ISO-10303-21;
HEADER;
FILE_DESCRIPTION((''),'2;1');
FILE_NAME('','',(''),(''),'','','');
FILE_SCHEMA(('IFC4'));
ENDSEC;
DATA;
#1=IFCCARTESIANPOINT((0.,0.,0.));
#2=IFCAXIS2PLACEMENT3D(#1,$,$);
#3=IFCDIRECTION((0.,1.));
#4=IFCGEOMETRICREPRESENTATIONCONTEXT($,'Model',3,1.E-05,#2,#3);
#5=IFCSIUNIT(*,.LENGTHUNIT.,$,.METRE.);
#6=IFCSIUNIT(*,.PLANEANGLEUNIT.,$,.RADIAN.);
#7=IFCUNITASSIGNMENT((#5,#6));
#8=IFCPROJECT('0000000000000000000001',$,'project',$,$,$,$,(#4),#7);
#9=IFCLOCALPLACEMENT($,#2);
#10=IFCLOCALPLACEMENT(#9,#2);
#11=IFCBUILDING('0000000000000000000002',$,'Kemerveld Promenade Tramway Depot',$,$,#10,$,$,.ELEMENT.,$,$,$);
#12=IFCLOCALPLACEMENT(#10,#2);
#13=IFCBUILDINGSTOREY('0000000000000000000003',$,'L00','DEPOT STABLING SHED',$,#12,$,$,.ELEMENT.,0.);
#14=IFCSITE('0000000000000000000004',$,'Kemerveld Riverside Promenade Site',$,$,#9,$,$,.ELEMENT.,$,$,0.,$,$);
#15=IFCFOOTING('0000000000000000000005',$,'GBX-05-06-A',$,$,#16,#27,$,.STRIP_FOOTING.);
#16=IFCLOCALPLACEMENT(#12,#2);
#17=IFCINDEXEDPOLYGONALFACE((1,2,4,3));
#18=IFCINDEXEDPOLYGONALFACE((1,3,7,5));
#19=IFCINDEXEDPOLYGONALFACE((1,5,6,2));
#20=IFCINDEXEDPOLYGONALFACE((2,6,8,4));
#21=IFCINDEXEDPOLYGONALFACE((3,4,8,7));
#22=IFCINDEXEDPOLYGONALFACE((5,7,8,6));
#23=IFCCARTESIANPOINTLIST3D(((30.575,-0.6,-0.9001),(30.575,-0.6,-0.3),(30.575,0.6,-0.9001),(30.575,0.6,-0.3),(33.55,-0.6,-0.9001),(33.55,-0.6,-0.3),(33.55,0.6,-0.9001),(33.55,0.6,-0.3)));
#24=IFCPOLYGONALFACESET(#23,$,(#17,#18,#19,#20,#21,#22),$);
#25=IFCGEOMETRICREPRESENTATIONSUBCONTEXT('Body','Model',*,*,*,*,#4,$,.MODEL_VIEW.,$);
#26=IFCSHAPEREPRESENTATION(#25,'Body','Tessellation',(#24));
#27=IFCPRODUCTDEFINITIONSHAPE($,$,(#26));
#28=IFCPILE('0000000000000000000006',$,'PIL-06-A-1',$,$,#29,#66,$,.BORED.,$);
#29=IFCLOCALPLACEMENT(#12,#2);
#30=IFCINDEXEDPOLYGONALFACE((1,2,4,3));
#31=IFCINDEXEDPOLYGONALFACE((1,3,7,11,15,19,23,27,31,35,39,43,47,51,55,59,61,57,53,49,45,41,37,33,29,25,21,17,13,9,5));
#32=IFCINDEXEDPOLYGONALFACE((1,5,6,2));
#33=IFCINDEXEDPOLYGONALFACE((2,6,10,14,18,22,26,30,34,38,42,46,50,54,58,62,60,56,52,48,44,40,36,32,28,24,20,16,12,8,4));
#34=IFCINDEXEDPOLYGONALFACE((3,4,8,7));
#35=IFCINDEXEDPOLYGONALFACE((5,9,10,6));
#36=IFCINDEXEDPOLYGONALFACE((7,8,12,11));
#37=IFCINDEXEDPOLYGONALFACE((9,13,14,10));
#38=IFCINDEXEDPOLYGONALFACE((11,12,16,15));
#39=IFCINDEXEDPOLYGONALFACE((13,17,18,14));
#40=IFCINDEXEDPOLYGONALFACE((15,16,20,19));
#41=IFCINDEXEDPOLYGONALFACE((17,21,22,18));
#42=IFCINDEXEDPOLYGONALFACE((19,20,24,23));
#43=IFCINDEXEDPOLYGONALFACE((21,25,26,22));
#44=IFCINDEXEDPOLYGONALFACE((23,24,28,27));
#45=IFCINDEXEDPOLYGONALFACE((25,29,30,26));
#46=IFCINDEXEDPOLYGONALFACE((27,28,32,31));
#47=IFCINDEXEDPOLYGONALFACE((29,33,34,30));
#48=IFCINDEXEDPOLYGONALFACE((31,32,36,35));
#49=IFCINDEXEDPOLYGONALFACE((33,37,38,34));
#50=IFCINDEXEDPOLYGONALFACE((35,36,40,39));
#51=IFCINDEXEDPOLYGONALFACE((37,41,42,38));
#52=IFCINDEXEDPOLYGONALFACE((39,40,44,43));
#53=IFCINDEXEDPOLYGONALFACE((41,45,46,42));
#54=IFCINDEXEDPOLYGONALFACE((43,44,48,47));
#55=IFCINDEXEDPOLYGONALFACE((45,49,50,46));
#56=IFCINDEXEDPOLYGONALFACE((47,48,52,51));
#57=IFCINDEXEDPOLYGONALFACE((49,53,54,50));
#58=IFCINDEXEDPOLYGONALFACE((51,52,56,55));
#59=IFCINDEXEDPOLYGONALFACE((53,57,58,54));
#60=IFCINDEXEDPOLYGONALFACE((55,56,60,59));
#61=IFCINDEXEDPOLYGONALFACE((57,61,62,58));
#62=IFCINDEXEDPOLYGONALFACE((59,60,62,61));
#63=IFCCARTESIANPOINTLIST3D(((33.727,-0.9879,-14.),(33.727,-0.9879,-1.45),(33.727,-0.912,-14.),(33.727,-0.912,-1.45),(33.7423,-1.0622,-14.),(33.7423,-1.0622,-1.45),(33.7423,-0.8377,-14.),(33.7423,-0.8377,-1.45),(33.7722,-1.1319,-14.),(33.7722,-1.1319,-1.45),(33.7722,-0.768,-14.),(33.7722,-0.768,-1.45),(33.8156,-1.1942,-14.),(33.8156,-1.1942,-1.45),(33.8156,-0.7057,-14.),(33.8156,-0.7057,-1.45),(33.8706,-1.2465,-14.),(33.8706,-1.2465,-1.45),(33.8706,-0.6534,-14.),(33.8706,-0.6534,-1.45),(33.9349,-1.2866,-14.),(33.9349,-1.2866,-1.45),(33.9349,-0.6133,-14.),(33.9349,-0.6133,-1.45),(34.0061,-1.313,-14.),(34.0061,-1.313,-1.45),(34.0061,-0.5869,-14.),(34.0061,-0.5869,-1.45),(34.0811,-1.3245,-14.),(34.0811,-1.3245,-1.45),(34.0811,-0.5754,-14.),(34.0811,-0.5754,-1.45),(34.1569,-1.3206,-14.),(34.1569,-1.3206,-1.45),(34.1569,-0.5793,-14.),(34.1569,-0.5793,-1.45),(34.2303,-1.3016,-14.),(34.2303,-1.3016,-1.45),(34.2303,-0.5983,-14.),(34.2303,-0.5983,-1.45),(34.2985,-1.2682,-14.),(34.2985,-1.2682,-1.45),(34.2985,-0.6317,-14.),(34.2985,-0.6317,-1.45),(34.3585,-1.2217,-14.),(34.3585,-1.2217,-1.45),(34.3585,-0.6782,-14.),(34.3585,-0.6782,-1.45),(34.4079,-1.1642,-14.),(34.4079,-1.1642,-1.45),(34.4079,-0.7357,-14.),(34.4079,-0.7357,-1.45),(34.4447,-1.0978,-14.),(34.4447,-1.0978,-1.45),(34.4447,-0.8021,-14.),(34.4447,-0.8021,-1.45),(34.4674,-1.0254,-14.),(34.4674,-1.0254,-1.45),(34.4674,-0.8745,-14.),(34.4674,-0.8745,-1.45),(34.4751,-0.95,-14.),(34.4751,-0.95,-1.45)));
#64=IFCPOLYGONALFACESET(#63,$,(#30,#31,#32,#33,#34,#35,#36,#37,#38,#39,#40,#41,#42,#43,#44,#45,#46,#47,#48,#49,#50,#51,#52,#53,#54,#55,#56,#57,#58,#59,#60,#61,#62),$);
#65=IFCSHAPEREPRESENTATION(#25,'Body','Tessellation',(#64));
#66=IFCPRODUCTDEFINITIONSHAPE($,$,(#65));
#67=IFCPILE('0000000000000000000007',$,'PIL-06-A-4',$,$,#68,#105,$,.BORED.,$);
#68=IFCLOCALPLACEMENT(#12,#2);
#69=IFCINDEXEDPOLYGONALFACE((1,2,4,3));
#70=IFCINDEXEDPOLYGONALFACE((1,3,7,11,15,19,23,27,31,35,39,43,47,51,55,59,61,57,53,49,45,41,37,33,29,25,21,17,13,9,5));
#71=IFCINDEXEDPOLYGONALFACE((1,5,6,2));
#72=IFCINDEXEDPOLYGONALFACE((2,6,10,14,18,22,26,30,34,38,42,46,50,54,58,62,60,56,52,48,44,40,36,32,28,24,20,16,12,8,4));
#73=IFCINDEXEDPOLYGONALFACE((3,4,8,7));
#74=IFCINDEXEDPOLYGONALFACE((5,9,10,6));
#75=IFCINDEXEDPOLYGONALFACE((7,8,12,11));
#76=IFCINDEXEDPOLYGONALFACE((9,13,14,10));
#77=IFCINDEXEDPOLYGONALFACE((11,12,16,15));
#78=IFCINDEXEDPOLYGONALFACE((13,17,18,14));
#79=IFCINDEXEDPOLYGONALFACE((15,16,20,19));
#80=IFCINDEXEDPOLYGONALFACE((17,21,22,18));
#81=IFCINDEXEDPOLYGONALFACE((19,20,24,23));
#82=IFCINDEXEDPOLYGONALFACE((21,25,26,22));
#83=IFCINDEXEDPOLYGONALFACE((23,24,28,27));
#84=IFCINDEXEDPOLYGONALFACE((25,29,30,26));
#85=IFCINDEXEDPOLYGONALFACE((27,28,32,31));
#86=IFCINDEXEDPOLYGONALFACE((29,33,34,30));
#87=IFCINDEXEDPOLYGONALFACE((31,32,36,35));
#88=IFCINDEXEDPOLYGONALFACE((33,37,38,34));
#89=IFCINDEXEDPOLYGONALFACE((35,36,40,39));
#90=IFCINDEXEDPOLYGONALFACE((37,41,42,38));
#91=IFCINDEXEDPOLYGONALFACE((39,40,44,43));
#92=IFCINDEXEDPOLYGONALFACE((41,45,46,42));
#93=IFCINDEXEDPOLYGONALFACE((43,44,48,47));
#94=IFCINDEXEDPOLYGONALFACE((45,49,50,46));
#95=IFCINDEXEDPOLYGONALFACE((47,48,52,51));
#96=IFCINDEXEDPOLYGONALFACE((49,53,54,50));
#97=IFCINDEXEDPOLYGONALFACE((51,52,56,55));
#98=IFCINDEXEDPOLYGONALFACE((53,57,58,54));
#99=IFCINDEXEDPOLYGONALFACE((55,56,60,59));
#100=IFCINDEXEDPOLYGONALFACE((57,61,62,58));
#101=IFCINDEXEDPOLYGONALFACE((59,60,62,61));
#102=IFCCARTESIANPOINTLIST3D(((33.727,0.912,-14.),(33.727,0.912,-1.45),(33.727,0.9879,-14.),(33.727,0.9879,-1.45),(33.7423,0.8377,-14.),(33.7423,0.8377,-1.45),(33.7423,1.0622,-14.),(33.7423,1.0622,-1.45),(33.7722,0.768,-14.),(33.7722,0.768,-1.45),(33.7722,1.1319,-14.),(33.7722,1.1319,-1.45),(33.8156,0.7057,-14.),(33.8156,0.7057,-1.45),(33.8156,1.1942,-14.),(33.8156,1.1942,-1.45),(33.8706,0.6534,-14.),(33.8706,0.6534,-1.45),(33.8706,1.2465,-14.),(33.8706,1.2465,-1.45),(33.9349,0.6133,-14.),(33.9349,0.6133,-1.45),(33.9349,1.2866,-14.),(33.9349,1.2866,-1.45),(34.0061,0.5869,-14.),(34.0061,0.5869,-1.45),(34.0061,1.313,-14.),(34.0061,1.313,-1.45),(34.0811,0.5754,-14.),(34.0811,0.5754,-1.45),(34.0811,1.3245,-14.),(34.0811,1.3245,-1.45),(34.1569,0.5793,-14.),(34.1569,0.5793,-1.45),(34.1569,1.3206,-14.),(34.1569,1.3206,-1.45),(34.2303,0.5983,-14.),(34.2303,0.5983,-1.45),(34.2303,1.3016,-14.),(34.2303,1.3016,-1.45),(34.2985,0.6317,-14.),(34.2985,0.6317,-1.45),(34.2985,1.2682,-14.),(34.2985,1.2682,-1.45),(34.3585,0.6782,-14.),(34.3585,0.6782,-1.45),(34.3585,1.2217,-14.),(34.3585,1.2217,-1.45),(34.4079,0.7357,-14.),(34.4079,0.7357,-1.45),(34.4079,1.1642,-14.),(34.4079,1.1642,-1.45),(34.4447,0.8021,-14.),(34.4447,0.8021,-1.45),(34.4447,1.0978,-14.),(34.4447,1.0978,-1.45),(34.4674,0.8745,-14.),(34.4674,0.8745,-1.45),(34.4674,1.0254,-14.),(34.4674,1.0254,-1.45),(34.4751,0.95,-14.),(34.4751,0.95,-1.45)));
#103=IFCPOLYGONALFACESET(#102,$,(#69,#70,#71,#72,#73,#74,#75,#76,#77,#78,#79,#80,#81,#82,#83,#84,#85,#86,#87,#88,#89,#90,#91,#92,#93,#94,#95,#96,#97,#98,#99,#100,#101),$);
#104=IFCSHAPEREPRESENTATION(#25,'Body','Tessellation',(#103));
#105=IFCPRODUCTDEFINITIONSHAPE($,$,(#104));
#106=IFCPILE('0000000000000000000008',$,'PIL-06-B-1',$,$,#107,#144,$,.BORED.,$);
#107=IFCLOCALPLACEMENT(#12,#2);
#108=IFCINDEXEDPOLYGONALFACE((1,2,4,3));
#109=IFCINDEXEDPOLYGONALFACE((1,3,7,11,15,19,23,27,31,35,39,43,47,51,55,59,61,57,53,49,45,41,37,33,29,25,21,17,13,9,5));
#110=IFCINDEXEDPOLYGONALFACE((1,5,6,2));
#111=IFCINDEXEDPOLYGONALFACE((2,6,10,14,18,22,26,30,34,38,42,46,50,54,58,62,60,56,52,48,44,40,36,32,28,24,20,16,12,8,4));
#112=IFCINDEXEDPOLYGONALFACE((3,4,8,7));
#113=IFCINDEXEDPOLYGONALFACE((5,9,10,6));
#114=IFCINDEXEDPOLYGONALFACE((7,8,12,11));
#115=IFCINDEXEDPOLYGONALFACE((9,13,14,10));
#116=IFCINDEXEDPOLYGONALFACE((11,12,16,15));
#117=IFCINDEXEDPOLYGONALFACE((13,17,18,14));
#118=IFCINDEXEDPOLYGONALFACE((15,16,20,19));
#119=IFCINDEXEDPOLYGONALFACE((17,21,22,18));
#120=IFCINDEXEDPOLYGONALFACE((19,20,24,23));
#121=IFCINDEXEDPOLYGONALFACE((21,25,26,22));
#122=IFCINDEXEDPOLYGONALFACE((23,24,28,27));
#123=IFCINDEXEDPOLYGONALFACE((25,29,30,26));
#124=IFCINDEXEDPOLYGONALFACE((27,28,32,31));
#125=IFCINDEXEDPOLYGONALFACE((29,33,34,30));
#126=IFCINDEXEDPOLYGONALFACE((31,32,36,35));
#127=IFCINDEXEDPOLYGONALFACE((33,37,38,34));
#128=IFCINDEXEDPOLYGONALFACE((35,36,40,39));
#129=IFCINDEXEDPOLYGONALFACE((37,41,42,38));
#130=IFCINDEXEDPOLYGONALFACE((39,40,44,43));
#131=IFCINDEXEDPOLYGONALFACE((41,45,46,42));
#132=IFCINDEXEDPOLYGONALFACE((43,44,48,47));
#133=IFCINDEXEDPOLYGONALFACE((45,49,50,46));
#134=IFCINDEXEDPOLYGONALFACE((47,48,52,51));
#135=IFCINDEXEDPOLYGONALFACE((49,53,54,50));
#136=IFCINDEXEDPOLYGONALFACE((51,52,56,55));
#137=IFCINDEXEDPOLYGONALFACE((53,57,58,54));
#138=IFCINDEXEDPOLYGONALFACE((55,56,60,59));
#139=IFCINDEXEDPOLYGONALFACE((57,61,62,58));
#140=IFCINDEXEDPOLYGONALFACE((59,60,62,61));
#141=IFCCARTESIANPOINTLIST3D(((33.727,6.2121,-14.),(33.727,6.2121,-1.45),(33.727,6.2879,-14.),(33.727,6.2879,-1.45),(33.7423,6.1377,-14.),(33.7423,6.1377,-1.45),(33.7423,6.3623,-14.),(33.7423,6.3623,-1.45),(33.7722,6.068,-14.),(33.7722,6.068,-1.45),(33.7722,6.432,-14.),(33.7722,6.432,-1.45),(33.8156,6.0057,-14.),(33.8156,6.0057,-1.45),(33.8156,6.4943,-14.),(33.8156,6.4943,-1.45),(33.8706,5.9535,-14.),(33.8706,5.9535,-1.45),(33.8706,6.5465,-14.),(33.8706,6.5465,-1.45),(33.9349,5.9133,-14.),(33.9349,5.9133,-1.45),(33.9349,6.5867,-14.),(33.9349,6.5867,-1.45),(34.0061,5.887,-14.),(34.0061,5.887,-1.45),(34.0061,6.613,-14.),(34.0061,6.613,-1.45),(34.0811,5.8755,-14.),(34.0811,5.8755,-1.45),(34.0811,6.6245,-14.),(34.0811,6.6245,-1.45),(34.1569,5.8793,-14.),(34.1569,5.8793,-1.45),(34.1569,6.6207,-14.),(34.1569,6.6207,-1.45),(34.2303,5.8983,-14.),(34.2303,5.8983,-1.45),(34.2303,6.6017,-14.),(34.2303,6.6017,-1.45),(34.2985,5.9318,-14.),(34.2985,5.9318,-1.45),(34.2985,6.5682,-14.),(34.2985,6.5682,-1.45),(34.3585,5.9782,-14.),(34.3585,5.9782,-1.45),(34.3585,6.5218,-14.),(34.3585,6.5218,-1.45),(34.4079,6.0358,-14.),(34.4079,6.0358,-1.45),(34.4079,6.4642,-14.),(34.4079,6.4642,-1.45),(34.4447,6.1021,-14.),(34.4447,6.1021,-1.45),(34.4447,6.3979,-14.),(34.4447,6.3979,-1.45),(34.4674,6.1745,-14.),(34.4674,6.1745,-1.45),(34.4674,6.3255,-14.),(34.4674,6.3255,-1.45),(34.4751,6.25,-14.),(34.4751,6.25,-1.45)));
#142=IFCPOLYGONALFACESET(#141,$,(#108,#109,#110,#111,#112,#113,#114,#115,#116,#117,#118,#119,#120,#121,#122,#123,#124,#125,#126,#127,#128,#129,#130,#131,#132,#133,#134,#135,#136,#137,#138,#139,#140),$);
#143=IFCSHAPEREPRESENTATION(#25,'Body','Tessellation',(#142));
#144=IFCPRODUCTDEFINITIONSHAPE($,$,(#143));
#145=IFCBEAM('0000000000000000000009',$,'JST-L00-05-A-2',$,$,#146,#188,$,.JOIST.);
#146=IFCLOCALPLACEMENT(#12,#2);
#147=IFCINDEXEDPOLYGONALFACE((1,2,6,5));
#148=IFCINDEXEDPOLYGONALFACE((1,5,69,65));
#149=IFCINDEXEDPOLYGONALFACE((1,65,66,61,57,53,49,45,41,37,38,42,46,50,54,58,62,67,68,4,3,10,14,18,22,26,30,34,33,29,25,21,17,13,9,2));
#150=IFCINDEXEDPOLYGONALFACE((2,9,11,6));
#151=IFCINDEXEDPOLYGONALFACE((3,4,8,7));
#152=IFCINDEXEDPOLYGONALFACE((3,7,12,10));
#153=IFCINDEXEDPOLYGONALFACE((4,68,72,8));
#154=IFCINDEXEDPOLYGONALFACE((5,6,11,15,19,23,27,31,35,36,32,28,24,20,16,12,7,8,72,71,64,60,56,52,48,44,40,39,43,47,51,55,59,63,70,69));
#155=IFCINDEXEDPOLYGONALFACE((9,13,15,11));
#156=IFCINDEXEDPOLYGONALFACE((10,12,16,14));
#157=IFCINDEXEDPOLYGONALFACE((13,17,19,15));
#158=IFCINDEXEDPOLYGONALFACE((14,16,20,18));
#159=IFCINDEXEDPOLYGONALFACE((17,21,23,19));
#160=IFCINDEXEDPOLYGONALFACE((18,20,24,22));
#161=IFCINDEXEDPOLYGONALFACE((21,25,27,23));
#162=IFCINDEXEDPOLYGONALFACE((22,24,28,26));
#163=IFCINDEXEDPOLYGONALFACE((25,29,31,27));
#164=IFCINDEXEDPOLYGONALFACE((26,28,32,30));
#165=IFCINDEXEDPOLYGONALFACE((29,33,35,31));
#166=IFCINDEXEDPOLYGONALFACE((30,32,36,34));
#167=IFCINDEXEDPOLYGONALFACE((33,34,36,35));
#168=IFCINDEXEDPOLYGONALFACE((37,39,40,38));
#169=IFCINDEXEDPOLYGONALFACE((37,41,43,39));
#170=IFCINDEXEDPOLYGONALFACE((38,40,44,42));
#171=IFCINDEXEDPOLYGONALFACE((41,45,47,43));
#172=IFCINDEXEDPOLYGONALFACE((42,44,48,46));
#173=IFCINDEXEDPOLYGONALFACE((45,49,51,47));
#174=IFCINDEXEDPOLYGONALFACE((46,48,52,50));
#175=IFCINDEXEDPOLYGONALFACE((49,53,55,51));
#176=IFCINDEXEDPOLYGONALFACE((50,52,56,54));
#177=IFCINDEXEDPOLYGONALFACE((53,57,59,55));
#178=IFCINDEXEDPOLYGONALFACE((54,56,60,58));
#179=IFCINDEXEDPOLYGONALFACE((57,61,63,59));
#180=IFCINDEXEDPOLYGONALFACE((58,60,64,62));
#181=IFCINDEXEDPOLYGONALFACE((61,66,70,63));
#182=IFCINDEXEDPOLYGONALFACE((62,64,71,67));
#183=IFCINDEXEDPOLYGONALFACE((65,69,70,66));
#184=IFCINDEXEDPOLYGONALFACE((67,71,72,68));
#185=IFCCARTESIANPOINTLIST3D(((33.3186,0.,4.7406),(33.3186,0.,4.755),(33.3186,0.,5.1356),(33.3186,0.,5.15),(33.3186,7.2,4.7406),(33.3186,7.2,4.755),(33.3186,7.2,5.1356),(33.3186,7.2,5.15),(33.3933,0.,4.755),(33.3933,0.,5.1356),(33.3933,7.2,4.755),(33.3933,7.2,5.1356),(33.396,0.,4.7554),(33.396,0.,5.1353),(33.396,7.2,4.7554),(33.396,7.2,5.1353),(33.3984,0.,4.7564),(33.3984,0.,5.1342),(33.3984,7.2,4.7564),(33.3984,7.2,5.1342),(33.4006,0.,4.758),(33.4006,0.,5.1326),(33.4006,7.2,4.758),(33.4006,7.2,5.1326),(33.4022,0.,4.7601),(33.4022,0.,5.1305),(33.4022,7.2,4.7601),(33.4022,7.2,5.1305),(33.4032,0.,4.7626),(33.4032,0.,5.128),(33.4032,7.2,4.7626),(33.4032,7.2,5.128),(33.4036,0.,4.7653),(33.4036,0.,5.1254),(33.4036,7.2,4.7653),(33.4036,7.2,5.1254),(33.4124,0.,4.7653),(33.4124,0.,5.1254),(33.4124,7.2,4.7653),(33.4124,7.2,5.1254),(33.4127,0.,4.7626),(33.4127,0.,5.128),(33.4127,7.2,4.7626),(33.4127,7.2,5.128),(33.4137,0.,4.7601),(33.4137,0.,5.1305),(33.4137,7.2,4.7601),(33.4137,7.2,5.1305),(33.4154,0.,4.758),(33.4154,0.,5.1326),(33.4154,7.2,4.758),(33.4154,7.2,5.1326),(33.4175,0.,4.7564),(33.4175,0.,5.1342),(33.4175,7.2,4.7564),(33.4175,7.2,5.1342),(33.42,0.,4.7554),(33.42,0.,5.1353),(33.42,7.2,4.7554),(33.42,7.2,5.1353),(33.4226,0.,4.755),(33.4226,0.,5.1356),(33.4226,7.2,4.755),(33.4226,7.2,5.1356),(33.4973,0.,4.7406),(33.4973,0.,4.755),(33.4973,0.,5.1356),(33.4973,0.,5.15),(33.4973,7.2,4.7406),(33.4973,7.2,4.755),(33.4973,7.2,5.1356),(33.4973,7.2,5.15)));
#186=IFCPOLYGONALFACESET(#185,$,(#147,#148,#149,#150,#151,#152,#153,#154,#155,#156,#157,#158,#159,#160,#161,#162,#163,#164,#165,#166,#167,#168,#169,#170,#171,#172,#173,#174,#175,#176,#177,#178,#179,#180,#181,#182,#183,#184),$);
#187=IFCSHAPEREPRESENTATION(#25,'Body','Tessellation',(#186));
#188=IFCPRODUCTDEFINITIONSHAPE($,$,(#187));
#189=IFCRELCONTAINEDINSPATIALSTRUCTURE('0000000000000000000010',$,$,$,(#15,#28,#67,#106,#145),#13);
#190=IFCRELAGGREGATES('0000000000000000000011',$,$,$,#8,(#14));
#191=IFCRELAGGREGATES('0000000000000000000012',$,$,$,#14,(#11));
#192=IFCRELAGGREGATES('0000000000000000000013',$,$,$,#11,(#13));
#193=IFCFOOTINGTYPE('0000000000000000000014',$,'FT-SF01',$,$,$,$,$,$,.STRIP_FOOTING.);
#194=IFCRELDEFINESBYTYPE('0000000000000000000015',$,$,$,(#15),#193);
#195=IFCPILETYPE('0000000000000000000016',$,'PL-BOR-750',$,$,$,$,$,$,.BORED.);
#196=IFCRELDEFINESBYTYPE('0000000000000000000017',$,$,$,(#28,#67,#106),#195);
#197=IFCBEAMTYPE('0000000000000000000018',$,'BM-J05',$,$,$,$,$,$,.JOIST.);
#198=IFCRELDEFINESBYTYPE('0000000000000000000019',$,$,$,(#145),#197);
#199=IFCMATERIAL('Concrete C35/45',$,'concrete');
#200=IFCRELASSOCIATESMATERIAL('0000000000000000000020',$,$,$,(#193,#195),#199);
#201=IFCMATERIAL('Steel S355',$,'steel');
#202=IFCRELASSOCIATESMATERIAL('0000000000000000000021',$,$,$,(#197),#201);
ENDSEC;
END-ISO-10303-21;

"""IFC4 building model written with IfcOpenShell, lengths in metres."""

from ifc_helpers import new_model, si_unit, direction, frame, origin, origin_2d, place, context, subcontext, project, spatial, rectangle, circle, i_section, extrude, material, material_profile, profile_set, type_object, element, save


model = new_model("IFC4")

# Units and contexts
model_context = context("Model", 3, precision=1e-05, world=origin(), true_north=direction((0.0, 1.0)))
body_context = subcontext(model_context, "Body", "Model", "MODEL_VIEW")
ifc_project = project(units=[si_unit("LENGTHUNIT", "METRE"), si_unit("PLANEANGLEUNIT", "RADIAN")], contexts=[model_context])

# Site, building, storey
site_placement = place(None, origin())
site = spatial("IfcSite", under=ifc_project, at=site_placement, Name="Kemerveld Riverside Promenade Site", CompositionType="ELEMENT", RefElevation=0.0)
building_placement = place(site_placement, origin())
building = spatial("IfcBuilding", under=site, at=building_placement, Name="Kemerveld Promenade Tramway Depot", CompositionType="ELEMENT")
storey_placement = place(building_placement, origin())
storey = spatial("IfcBuildingStorey", under=building, at=storey_placement, Name="L00", Description="DEPOT STABLING SHED", CompositionType="ELEMENT", Elevation=0.0)

# Footing
ifc_material_1 = material(Name="Concrete C35/45", Category="concrete")
footing_type = type_object("IfcFootingType", Name="FT-SF01", PredefinedType="STRIP_FOOTING", material=ifc_material_1)
footing_placement = place(storey_placement, frame((32.0625, 0.0, -0.9001), z_axis=(0.0, 0.0, 1.0), x_axis=(1.0, 0.0, 0.0)))
element("IfcFooting", 1, at=footing_placement, inside=storey, type_object=footing_type, Name="GBX-05-06-A", PredefinedType="STRIP_FOOTING", context=body_context, shape_type="SweptSolid", body=[
    extrude(rectangle(XDim=2.9751, YDim=1.2, at=origin_2d()), origin(), (0.0, 0.0, 1.0), 0.6001),
])

# Piles
ifc_material_profile_1 = material_profile(ifc_material_1, circle(Radius=0.375, at=origin_2d()), Name="PILE-D750")
ifc_profile_set_1 = profile_set([ifc_material_profile_1], Name="Concrete C35/45")
pile_type = type_object("IfcPileType", Name="PL-BOR-750", PredefinedType="BORED", material=ifc_profile_set_1)
for number, where, z_axis, x_axis, name in (
    (2, (34.1001, -0.95, -1.45), (0.0, 0.0, -1.0), (1.0, 0.0, 0.0), "PIL-06-A-1"),
    (3, (34.1001, 0.95, -1.45), (0.0, 0.0, -1.0), (1.0, 0.0, 0.0), "PIL-06-A-4"),
    (4, (34.1001, 6.25, -1.45), (0.0, 0.0, -1.0), (1.0, 0.0, 0.0), "PIL-06-B-1"),
):
    element("IfcPile", number, at=place(storey_placement, frame(where, z_axis=z_axis, x_axis=x_axis)), inside=storey, type_object=pile_type, Name=name, PredefinedType="BORED", context=body_context, shape_type="SweptSolid", body=[
        extrude(circle(Radius=0.375, at=origin_2d()), origin(), (0.0, 0.0, 1.0), 12.55),
    ])

# Beam
ifc_material_2 = material(Name="Steel S355", Category="steel")
ifc_material_profile_2 = material_profile(ifc_material_2, i_section(OverallWidth=0.1787, OverallDepth=0.4094, WebThickness=0.0088, FlangeThickness=0.0144, FilletRadius=0.0103, at=origin_2d()), Name="406x178x67 UB")
ifc_profile_set_2 = profile_set([ifc_material_profile_2], Name="Steel S355")
beam_type = type_object("IfcBeamType", Name="BM-J05", PredefinedType="JOIST", material=ifc_profile_set_2)
beam_placement = place(storey_placement, frame((33.408, 0.0, 4.9453), z_axis=(0.0, 1.0, 0.0), x_axis=(-1.0, 0.0, 0.0)))
element("IfcBeam", 5, at=beam_placement, inside=storey, type_object=beam_type, Name="JST-L00-05-A-2", PredefinedType="JOIST", context=body_context, shape_type="SweptSolid", body=[
    extrude(i_section(OverallWidth=0.1787, OverallDepth=0.4094, WebThickness=0.0088, FlangeThickness=0.0144, FilletRadius=0.0103, at=origin_2d()), origin(), (0.0, 0.0, 1.0), 7.2),
])

save(model, "model.ifc")
